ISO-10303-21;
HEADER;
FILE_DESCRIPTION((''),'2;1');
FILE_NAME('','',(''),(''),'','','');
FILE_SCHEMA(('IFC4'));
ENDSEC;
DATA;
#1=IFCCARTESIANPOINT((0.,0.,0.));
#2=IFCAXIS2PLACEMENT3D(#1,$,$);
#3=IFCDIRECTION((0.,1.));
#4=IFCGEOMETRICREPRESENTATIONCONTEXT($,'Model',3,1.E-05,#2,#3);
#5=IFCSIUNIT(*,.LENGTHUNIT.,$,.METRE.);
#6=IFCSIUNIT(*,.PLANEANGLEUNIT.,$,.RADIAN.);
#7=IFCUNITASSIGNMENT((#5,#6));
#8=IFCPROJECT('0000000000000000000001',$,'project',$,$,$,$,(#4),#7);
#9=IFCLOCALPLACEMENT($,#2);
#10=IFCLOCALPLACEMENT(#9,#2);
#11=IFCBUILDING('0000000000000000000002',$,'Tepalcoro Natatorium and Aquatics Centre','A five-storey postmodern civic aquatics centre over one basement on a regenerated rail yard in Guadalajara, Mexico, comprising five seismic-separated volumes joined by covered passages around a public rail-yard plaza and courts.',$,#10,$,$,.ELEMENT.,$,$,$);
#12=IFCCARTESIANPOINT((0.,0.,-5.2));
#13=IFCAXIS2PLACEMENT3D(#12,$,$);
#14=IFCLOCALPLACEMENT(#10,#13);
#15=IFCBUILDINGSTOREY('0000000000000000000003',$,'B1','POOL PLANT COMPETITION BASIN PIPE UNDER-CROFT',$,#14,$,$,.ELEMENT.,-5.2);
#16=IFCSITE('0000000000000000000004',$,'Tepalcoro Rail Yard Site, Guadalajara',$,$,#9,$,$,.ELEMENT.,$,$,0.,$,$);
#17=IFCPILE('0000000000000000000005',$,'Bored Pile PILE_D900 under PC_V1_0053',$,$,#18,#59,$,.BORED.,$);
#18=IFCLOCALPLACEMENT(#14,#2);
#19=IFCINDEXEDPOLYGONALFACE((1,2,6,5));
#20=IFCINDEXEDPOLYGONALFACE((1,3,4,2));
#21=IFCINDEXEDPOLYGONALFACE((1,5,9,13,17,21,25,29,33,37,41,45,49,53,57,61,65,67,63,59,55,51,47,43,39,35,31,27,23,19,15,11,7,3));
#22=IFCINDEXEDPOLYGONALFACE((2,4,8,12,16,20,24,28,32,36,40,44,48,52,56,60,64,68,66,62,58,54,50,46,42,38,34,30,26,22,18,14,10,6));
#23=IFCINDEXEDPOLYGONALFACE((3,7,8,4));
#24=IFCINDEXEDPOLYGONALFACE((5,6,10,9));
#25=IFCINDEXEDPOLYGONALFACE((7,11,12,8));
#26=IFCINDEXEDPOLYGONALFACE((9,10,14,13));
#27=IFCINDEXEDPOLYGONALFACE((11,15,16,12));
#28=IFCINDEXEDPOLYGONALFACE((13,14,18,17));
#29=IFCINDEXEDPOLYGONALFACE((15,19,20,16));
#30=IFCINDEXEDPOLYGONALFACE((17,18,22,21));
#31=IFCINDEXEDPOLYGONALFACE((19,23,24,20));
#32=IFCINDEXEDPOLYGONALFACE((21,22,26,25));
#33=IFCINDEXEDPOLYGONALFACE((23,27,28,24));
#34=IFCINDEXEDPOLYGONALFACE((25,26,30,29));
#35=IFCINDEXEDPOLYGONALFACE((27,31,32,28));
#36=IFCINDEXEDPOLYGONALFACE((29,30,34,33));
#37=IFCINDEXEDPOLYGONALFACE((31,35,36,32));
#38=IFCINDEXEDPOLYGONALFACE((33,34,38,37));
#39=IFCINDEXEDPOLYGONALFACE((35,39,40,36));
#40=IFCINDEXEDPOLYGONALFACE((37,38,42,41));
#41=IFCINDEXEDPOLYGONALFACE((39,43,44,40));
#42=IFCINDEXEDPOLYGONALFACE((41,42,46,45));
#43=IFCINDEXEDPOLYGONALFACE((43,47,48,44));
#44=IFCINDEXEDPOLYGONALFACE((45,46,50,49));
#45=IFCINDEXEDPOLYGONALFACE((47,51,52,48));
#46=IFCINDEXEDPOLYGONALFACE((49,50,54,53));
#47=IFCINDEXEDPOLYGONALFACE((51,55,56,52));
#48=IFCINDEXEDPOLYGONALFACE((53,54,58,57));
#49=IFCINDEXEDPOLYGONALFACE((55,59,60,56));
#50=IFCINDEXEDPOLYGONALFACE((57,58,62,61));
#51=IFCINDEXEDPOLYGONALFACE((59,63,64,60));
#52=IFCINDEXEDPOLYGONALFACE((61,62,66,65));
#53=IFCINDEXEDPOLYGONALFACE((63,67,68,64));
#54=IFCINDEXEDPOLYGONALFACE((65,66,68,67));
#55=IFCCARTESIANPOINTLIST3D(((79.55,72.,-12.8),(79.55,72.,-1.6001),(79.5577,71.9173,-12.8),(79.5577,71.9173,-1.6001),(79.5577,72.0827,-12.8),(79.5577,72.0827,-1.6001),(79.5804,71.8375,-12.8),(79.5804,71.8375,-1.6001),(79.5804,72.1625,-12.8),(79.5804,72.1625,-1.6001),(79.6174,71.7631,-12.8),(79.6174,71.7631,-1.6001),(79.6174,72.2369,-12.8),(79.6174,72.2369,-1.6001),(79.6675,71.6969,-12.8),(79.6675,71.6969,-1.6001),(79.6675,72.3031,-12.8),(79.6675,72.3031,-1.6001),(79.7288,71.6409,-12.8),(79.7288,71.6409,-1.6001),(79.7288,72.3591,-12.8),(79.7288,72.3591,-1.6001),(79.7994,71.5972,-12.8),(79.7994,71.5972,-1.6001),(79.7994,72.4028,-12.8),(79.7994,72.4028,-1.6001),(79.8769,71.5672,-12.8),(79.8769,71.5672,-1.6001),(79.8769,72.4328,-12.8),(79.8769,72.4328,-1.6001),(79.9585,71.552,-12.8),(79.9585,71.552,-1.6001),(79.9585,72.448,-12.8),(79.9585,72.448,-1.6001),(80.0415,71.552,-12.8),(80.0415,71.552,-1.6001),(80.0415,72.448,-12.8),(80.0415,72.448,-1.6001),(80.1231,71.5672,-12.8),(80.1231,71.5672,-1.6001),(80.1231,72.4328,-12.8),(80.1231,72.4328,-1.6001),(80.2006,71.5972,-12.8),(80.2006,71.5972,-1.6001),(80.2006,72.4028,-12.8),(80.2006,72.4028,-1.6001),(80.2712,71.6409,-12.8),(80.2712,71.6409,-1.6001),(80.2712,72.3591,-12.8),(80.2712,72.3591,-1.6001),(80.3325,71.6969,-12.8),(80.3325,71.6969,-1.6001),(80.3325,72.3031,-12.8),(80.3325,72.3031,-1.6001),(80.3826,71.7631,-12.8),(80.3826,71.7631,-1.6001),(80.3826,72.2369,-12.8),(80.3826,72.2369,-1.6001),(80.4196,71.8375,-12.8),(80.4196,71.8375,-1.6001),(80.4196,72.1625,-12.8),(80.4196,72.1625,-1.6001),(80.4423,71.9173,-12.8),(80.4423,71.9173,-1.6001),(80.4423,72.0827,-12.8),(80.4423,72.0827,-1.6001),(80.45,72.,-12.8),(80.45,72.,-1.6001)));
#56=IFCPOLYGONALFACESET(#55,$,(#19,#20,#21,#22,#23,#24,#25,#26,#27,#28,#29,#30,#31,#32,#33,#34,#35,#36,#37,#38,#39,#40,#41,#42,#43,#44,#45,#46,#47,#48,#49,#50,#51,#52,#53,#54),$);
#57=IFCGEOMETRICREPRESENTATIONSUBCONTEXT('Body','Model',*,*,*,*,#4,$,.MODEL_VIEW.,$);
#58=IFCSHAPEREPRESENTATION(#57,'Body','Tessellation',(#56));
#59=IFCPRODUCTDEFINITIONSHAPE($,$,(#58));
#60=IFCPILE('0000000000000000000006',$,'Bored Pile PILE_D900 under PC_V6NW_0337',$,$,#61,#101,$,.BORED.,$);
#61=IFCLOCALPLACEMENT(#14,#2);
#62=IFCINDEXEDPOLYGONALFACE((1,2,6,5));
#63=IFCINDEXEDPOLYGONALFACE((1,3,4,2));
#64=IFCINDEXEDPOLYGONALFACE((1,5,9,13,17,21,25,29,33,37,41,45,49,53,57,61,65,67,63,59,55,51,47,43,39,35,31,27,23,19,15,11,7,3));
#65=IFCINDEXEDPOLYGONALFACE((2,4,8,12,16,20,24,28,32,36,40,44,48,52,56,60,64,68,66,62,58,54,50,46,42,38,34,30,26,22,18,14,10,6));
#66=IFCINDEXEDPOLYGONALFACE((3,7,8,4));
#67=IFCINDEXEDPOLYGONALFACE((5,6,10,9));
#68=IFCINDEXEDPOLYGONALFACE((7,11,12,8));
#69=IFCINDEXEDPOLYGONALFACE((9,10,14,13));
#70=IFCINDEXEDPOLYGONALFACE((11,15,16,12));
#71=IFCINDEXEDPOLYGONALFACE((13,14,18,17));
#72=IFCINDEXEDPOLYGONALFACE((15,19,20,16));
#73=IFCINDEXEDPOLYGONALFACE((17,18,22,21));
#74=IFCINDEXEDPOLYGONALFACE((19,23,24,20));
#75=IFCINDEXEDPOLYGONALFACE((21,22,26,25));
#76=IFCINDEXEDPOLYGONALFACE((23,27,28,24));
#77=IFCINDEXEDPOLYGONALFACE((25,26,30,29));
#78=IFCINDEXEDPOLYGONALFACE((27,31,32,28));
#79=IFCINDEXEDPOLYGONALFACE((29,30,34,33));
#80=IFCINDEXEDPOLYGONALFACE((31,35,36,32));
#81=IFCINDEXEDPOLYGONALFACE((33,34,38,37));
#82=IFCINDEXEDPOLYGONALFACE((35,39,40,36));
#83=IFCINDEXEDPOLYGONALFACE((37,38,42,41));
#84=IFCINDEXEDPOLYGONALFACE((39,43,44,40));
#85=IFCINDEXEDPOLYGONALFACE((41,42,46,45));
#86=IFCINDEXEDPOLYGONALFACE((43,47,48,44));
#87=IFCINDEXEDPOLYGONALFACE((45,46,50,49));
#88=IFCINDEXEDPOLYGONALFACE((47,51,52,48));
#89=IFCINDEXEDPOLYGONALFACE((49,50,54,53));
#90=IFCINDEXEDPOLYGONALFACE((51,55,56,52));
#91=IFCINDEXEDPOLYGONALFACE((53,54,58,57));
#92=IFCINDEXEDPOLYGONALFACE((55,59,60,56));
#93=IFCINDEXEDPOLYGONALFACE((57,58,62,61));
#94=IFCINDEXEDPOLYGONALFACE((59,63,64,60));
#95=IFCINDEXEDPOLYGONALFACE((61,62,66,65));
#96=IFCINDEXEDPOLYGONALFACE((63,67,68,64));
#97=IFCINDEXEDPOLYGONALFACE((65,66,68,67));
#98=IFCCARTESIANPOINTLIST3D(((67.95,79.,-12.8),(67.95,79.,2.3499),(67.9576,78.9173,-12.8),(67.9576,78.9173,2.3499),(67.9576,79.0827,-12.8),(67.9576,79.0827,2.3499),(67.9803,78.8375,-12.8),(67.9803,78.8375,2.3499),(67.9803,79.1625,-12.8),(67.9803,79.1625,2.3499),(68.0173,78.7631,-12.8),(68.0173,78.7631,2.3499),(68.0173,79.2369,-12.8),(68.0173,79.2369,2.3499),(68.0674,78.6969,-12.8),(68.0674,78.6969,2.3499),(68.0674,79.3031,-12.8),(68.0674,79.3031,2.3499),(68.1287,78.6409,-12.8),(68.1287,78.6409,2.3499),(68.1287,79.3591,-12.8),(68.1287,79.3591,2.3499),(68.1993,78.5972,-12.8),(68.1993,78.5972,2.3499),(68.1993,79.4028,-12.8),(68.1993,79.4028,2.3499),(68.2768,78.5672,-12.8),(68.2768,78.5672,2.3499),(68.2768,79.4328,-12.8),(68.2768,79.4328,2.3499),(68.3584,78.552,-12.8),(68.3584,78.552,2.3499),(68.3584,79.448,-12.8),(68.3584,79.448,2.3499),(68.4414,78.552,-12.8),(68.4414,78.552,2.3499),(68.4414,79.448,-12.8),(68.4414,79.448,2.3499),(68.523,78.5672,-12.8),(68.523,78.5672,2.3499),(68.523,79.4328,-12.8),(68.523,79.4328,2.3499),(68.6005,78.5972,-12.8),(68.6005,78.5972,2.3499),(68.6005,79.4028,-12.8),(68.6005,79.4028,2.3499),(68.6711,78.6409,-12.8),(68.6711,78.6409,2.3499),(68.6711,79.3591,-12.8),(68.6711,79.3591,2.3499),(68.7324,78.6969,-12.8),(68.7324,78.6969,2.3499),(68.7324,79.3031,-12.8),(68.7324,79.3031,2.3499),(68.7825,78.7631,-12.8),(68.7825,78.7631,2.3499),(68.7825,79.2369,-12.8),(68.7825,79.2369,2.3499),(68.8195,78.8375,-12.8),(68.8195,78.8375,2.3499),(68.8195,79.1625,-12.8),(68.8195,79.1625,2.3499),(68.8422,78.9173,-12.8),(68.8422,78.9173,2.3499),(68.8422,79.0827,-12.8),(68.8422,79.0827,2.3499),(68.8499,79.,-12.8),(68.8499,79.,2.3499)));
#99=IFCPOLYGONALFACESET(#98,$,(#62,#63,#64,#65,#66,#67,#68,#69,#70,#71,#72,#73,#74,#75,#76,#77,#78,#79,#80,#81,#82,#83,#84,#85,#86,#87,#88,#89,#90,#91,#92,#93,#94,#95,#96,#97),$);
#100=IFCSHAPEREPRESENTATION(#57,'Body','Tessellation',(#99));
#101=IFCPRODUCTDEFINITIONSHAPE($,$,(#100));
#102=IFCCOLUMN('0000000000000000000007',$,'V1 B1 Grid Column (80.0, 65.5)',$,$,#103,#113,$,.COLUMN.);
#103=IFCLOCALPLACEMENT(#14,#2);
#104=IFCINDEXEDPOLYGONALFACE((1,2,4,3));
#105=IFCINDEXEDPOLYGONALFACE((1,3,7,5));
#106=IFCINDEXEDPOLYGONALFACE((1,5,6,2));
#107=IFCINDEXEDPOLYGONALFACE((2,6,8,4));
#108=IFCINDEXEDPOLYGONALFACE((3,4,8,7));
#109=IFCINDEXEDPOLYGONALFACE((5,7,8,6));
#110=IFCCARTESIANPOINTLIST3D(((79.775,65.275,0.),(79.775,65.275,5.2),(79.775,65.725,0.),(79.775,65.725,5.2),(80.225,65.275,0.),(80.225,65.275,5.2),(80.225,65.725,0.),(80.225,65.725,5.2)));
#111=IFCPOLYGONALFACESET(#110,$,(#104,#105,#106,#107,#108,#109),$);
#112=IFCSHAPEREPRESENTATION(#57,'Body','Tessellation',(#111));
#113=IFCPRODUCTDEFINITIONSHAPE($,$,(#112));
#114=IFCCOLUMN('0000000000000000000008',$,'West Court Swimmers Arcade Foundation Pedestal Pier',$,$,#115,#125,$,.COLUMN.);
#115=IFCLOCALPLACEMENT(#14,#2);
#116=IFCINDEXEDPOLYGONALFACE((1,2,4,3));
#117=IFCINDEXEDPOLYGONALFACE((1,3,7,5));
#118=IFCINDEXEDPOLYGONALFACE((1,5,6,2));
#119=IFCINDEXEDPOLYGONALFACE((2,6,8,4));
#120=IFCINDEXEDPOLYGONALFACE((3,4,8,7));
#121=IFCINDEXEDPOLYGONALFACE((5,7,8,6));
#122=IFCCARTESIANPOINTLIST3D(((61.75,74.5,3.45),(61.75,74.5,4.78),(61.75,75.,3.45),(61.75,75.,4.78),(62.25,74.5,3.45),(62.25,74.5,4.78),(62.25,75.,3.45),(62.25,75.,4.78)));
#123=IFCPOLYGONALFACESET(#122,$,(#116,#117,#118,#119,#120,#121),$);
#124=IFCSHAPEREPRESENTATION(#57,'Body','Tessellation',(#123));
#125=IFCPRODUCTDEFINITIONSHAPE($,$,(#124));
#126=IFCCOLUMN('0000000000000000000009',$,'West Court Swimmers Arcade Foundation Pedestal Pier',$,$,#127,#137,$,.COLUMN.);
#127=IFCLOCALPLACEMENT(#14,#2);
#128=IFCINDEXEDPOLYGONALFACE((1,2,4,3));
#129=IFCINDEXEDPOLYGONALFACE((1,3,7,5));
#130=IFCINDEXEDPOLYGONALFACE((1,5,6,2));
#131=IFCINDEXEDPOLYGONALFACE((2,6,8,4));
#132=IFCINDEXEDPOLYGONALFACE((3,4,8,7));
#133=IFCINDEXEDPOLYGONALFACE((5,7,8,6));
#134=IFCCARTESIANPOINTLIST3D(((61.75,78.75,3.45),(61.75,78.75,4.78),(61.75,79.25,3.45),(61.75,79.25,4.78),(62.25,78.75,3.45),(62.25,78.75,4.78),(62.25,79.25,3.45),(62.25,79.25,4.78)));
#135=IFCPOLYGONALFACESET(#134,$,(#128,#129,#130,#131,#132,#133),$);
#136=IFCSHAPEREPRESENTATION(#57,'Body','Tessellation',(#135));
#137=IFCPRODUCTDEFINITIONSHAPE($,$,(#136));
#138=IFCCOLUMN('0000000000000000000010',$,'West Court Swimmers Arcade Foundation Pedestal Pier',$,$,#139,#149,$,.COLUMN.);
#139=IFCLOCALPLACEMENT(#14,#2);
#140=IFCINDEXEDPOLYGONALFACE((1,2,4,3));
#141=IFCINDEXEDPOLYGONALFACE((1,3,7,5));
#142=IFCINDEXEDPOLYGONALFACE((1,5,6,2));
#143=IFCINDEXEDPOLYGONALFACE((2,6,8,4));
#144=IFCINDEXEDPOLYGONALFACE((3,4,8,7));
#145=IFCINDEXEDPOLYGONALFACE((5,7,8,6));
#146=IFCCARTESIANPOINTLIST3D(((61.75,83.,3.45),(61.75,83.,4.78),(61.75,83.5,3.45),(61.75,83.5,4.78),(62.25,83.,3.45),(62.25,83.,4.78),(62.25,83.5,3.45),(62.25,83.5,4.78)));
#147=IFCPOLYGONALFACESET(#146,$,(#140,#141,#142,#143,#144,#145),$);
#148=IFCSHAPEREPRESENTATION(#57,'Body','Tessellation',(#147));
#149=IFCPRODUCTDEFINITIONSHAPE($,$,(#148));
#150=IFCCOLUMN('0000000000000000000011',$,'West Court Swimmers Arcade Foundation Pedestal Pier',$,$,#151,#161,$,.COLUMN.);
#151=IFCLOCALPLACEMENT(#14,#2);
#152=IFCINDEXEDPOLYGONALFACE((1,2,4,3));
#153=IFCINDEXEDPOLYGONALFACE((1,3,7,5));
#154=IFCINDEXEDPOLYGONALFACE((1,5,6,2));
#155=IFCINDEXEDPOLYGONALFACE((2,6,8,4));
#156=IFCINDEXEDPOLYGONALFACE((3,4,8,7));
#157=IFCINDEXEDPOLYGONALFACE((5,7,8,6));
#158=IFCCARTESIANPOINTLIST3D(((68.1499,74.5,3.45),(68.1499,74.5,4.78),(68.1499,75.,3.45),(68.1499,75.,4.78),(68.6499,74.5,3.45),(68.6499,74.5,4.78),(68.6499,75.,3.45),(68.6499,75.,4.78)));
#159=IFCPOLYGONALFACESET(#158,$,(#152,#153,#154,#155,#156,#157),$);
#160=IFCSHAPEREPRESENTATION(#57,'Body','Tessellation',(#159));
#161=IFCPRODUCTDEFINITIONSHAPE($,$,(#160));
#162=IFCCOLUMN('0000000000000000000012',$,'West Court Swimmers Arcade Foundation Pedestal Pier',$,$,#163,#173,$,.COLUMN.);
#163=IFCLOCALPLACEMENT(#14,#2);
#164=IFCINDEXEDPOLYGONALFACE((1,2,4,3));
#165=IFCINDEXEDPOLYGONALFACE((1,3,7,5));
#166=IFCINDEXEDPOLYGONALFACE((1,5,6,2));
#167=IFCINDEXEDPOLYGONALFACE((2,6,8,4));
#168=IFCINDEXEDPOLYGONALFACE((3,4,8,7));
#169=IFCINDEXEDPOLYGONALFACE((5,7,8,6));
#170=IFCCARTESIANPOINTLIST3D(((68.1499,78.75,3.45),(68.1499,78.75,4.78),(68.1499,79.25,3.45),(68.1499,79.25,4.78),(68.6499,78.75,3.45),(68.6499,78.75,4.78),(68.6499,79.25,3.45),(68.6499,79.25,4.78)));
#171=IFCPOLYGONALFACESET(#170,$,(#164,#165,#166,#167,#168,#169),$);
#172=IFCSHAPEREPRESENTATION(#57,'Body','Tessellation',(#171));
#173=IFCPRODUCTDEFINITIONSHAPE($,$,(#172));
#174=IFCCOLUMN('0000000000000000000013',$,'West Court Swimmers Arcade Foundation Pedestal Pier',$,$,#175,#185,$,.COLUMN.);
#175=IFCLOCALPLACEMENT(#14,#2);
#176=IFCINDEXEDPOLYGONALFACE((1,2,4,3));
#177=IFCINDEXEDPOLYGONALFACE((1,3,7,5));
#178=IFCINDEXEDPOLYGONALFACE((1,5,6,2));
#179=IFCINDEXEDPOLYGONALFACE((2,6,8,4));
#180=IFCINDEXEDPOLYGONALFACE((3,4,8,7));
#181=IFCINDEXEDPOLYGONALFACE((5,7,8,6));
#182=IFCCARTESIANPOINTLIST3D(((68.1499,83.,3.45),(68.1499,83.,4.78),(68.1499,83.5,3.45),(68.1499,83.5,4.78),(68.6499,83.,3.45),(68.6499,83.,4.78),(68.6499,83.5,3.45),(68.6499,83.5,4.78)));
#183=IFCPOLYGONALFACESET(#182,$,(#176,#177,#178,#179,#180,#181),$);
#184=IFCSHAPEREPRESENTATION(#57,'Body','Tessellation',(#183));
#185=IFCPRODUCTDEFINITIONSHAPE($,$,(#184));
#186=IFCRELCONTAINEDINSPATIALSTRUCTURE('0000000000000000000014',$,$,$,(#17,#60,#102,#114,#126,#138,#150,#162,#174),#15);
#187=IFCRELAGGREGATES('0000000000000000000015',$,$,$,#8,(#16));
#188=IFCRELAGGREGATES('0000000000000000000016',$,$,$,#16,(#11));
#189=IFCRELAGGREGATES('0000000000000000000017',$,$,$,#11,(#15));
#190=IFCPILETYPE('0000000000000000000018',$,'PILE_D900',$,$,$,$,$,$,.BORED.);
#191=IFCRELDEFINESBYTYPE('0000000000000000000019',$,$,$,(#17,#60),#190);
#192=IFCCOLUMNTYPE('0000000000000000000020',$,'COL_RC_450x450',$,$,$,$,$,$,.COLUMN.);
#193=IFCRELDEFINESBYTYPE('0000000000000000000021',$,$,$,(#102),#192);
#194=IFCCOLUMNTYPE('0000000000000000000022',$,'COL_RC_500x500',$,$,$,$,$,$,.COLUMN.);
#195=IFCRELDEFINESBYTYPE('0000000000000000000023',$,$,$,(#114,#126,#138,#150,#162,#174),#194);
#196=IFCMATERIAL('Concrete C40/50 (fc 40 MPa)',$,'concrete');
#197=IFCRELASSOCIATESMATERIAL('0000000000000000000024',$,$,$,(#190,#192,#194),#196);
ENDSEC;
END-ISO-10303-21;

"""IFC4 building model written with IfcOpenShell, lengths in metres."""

from ifc_helpers import new_model, si_unit, direction, frame, origin, origin_2d, place, context, subcontext, project, spatial, rectangle, circle, extrude, material, material_profile, profile_set, type_object, element, save


model = new_model("IFC4")

# Units and contexts
model_context = context("Model", 3, precision=1e-05, world=origin(), true_north=direction((0.0, 1.0)))
body_context = subcontext(model_context, "Body", "Model", "MODEL_VIEW")
ifc_project = project(units=[si_unit("LENGTHUNIT", "METRE"), si_unit("PLANEANGLEUNIT", "RADIAN")], contexts=[model_context])

# Site, building, storey
site_placement = place(None, origin())
site = spatial("IfcSite", under=ifc_project, at=site_placement, Name="Tepalcoro Rail Yard Site, Guadalajara", CompositionType="ELEMENT", RefElevation=0.0)
building_placement = place(site_placement, origin())
building = spatial("IfcBuilding", under=site, at=building_placement, Name="Tepalcoro Natatorium and Aquatics Centre", Description="A five-storey postmodern civic aquatics centre over one basement on a regenerated rail yard in Guadalajara, Mexico, comprising five seismic-separated volumes joined by covered passages around a public rail-yard plaza and courts.", CompositionType="ELEMENT")
storey_placement = place(building_placement, frame((0.0, 0.0, -5.2)))
storey = spatial("IfcBuildingStorey", under=building, at=storey_placement, Name="B1", Description="POOL PLANT COMPETITION BASIN PIPE UNDER-CROFT", CompositionType="ELEMENT", Elevation=-5.2)

# Piles
ifc_material = material(Name="Concrete C40/50 (fc 40 MPa)", Category="concrete")
ifc_material_profile_1 = material_profile(ifc_material, circle(Radius=0.45, at=origin_2d()), Name="PILE_D900")
ifc_profile_set_1 = profile_set([ifc_material_profile_1], Name="Concrete C40/50 (fc 40 MPa)")
pile_type_1 = type_object("IfcPileType", Name="PILE_D900", PredefinedType="BORED", material=ifc_profile_set_1)
pile_1_placement = place(storey_placement, frame((80.0, 72.0, -1.6001), z_axis=(0.0, 0.0, -1.0), x_axis=(1.0, 0.0, 0.0)))
element("IfcPile", 1, at=pile_1_placement, inside=storey, type_object=pile_type_1, Name="Bored Pile PILE_D900 under PC_V1_0053", PredefinedType="BORED", context=body_context, shape_type="SweptSolid", body=[
    extrude(circle(Radius=0.45, at=origin_2d()), origin(), (0.0, 0.0, 1.0), 11.2),
])
pile_2_placement = place(storey_placement, frame((68.3999, 79.0, 2.3499), z_axis=(0.0, 0.0, -1.0), x_axis=(1.0, 0.0, 0.0)))
element("IfcPile", 2, at=pile_2_placement, inside=storey, type_object=pile_type_1, Name="Bored Pile PILE_D900 under PC_V6NW_0337", PredefinedType="BORED", context=body_context, shape_type="SweptSolid", body=[
    extrude(circle(Radius=0.45, at=origin_2d()), origin(), (0.0, 0.0, 1.0), 15.1499),
])

# Columns
ifc_material_profile_2 = material_profile(ifc_material, rectangle(XDim=0.45, YDim=0.45, at=origin_2d()), Name="RC450x450")
ifc_profile_set_2 = profile_set([ifc_material_profile_2], Name="Concrete C40/50 (fc 40 MPa)")
column_type_1 = type_object("IfcColumnType", Name="COL_RC_450x450", PredefinedType="COLUMN", material=ifc_profile_set_2)
column_1_placement = place(storey_placement, frame((80.0, 65.5, 0.0), z_axis=(0.0, 0.0, 1.0), x_axis=(1.0, 0.0, 0.0)))
element("IfcColumn", 3, at=column_1_placement, inside=storey, type_object=column_type_1, Name="V1 B1 Grid Column (80.0, 65.5)", PredefinedType="COLUMN", context=body_context, shape_type="SweptSolid", body=[
    extrude(rectangle(XDim=0.45, YDim=0.45, at=origin_2d()), origin(), (0.0, 0.0, 1.0), 5.2),
])
ifc_material_profile_3 = material_profile(ifc_material, rectangle(XDim=0.5, YDim=0.5, at=origin_2d()), Name="RC500x500")
ifc_profile_set_3 = profile_set([ifc_material_profile_3], Name="Concrete C40/50 (fc 40 MPa)")
column_type_2 = type_object("IfcColumnType", Name="COL_RC_500x500", PredefinedType="COLUMN", material=ifc_profile_set_3)
for number, where, z_axis, x_axis, name in (
    (4, (62.0, 74.75, 3.45), (0.0, 0.0, 1.0), (1.0, 0.0, 0.0), "West Court Swimmers Arcade Foundation Pedestal Pier"),
    (5, (62.0, 79.0, 3.45), (0.0, 0.0, 1.0), (1.0, 0.0, 0.0), "West Court Swimmers Arcade Foundation Pedestal Pier"),
    (6, (62.0, 83.25, 3.45), (0.0, 0.0, 1.0), (1.0, 0.0, 0.0), "West Court Swimmers Arcade Foundation Pedestal Pier"),
    (7, (68.3999, 74.75, 3.45), (0.0, 0.0, 1.0), (1.0, 0.0, 0.0), "West Court Swimmers Arcade Foundation Pedestal Pier"),
    (8, (68.3999, 79.0, 3.45), (0.0, 0.0, 1.0), (1.0, 0.0, 0.0), "West Court Swimmers Arcade Foundation Pedestal Pier"),
    (9, (68.3999, 83.25, 3.45), (0.0, 0.0, 1.0), (1.0, 0.0, 0.0), "West Court Swimmers Arcade Foundation Pedestal Pier"),
):
    element("IfcColumn", number, at=place(storey_placement, frame(where, z_axis=z_axis, x_axis=x_axis)), inside=storey, type_object=column_type_2, Name=name, PredefinedType="COLUMN", context=body_context, shape_type="SweptSolid", body=[
        extrude(rectangle(XDim=0.5, YDim=0.5, at=origin_2d()), origin(), (0.0, 0.0, 1.0), 1.3301),
    ])

save(model, "model.ifc")
